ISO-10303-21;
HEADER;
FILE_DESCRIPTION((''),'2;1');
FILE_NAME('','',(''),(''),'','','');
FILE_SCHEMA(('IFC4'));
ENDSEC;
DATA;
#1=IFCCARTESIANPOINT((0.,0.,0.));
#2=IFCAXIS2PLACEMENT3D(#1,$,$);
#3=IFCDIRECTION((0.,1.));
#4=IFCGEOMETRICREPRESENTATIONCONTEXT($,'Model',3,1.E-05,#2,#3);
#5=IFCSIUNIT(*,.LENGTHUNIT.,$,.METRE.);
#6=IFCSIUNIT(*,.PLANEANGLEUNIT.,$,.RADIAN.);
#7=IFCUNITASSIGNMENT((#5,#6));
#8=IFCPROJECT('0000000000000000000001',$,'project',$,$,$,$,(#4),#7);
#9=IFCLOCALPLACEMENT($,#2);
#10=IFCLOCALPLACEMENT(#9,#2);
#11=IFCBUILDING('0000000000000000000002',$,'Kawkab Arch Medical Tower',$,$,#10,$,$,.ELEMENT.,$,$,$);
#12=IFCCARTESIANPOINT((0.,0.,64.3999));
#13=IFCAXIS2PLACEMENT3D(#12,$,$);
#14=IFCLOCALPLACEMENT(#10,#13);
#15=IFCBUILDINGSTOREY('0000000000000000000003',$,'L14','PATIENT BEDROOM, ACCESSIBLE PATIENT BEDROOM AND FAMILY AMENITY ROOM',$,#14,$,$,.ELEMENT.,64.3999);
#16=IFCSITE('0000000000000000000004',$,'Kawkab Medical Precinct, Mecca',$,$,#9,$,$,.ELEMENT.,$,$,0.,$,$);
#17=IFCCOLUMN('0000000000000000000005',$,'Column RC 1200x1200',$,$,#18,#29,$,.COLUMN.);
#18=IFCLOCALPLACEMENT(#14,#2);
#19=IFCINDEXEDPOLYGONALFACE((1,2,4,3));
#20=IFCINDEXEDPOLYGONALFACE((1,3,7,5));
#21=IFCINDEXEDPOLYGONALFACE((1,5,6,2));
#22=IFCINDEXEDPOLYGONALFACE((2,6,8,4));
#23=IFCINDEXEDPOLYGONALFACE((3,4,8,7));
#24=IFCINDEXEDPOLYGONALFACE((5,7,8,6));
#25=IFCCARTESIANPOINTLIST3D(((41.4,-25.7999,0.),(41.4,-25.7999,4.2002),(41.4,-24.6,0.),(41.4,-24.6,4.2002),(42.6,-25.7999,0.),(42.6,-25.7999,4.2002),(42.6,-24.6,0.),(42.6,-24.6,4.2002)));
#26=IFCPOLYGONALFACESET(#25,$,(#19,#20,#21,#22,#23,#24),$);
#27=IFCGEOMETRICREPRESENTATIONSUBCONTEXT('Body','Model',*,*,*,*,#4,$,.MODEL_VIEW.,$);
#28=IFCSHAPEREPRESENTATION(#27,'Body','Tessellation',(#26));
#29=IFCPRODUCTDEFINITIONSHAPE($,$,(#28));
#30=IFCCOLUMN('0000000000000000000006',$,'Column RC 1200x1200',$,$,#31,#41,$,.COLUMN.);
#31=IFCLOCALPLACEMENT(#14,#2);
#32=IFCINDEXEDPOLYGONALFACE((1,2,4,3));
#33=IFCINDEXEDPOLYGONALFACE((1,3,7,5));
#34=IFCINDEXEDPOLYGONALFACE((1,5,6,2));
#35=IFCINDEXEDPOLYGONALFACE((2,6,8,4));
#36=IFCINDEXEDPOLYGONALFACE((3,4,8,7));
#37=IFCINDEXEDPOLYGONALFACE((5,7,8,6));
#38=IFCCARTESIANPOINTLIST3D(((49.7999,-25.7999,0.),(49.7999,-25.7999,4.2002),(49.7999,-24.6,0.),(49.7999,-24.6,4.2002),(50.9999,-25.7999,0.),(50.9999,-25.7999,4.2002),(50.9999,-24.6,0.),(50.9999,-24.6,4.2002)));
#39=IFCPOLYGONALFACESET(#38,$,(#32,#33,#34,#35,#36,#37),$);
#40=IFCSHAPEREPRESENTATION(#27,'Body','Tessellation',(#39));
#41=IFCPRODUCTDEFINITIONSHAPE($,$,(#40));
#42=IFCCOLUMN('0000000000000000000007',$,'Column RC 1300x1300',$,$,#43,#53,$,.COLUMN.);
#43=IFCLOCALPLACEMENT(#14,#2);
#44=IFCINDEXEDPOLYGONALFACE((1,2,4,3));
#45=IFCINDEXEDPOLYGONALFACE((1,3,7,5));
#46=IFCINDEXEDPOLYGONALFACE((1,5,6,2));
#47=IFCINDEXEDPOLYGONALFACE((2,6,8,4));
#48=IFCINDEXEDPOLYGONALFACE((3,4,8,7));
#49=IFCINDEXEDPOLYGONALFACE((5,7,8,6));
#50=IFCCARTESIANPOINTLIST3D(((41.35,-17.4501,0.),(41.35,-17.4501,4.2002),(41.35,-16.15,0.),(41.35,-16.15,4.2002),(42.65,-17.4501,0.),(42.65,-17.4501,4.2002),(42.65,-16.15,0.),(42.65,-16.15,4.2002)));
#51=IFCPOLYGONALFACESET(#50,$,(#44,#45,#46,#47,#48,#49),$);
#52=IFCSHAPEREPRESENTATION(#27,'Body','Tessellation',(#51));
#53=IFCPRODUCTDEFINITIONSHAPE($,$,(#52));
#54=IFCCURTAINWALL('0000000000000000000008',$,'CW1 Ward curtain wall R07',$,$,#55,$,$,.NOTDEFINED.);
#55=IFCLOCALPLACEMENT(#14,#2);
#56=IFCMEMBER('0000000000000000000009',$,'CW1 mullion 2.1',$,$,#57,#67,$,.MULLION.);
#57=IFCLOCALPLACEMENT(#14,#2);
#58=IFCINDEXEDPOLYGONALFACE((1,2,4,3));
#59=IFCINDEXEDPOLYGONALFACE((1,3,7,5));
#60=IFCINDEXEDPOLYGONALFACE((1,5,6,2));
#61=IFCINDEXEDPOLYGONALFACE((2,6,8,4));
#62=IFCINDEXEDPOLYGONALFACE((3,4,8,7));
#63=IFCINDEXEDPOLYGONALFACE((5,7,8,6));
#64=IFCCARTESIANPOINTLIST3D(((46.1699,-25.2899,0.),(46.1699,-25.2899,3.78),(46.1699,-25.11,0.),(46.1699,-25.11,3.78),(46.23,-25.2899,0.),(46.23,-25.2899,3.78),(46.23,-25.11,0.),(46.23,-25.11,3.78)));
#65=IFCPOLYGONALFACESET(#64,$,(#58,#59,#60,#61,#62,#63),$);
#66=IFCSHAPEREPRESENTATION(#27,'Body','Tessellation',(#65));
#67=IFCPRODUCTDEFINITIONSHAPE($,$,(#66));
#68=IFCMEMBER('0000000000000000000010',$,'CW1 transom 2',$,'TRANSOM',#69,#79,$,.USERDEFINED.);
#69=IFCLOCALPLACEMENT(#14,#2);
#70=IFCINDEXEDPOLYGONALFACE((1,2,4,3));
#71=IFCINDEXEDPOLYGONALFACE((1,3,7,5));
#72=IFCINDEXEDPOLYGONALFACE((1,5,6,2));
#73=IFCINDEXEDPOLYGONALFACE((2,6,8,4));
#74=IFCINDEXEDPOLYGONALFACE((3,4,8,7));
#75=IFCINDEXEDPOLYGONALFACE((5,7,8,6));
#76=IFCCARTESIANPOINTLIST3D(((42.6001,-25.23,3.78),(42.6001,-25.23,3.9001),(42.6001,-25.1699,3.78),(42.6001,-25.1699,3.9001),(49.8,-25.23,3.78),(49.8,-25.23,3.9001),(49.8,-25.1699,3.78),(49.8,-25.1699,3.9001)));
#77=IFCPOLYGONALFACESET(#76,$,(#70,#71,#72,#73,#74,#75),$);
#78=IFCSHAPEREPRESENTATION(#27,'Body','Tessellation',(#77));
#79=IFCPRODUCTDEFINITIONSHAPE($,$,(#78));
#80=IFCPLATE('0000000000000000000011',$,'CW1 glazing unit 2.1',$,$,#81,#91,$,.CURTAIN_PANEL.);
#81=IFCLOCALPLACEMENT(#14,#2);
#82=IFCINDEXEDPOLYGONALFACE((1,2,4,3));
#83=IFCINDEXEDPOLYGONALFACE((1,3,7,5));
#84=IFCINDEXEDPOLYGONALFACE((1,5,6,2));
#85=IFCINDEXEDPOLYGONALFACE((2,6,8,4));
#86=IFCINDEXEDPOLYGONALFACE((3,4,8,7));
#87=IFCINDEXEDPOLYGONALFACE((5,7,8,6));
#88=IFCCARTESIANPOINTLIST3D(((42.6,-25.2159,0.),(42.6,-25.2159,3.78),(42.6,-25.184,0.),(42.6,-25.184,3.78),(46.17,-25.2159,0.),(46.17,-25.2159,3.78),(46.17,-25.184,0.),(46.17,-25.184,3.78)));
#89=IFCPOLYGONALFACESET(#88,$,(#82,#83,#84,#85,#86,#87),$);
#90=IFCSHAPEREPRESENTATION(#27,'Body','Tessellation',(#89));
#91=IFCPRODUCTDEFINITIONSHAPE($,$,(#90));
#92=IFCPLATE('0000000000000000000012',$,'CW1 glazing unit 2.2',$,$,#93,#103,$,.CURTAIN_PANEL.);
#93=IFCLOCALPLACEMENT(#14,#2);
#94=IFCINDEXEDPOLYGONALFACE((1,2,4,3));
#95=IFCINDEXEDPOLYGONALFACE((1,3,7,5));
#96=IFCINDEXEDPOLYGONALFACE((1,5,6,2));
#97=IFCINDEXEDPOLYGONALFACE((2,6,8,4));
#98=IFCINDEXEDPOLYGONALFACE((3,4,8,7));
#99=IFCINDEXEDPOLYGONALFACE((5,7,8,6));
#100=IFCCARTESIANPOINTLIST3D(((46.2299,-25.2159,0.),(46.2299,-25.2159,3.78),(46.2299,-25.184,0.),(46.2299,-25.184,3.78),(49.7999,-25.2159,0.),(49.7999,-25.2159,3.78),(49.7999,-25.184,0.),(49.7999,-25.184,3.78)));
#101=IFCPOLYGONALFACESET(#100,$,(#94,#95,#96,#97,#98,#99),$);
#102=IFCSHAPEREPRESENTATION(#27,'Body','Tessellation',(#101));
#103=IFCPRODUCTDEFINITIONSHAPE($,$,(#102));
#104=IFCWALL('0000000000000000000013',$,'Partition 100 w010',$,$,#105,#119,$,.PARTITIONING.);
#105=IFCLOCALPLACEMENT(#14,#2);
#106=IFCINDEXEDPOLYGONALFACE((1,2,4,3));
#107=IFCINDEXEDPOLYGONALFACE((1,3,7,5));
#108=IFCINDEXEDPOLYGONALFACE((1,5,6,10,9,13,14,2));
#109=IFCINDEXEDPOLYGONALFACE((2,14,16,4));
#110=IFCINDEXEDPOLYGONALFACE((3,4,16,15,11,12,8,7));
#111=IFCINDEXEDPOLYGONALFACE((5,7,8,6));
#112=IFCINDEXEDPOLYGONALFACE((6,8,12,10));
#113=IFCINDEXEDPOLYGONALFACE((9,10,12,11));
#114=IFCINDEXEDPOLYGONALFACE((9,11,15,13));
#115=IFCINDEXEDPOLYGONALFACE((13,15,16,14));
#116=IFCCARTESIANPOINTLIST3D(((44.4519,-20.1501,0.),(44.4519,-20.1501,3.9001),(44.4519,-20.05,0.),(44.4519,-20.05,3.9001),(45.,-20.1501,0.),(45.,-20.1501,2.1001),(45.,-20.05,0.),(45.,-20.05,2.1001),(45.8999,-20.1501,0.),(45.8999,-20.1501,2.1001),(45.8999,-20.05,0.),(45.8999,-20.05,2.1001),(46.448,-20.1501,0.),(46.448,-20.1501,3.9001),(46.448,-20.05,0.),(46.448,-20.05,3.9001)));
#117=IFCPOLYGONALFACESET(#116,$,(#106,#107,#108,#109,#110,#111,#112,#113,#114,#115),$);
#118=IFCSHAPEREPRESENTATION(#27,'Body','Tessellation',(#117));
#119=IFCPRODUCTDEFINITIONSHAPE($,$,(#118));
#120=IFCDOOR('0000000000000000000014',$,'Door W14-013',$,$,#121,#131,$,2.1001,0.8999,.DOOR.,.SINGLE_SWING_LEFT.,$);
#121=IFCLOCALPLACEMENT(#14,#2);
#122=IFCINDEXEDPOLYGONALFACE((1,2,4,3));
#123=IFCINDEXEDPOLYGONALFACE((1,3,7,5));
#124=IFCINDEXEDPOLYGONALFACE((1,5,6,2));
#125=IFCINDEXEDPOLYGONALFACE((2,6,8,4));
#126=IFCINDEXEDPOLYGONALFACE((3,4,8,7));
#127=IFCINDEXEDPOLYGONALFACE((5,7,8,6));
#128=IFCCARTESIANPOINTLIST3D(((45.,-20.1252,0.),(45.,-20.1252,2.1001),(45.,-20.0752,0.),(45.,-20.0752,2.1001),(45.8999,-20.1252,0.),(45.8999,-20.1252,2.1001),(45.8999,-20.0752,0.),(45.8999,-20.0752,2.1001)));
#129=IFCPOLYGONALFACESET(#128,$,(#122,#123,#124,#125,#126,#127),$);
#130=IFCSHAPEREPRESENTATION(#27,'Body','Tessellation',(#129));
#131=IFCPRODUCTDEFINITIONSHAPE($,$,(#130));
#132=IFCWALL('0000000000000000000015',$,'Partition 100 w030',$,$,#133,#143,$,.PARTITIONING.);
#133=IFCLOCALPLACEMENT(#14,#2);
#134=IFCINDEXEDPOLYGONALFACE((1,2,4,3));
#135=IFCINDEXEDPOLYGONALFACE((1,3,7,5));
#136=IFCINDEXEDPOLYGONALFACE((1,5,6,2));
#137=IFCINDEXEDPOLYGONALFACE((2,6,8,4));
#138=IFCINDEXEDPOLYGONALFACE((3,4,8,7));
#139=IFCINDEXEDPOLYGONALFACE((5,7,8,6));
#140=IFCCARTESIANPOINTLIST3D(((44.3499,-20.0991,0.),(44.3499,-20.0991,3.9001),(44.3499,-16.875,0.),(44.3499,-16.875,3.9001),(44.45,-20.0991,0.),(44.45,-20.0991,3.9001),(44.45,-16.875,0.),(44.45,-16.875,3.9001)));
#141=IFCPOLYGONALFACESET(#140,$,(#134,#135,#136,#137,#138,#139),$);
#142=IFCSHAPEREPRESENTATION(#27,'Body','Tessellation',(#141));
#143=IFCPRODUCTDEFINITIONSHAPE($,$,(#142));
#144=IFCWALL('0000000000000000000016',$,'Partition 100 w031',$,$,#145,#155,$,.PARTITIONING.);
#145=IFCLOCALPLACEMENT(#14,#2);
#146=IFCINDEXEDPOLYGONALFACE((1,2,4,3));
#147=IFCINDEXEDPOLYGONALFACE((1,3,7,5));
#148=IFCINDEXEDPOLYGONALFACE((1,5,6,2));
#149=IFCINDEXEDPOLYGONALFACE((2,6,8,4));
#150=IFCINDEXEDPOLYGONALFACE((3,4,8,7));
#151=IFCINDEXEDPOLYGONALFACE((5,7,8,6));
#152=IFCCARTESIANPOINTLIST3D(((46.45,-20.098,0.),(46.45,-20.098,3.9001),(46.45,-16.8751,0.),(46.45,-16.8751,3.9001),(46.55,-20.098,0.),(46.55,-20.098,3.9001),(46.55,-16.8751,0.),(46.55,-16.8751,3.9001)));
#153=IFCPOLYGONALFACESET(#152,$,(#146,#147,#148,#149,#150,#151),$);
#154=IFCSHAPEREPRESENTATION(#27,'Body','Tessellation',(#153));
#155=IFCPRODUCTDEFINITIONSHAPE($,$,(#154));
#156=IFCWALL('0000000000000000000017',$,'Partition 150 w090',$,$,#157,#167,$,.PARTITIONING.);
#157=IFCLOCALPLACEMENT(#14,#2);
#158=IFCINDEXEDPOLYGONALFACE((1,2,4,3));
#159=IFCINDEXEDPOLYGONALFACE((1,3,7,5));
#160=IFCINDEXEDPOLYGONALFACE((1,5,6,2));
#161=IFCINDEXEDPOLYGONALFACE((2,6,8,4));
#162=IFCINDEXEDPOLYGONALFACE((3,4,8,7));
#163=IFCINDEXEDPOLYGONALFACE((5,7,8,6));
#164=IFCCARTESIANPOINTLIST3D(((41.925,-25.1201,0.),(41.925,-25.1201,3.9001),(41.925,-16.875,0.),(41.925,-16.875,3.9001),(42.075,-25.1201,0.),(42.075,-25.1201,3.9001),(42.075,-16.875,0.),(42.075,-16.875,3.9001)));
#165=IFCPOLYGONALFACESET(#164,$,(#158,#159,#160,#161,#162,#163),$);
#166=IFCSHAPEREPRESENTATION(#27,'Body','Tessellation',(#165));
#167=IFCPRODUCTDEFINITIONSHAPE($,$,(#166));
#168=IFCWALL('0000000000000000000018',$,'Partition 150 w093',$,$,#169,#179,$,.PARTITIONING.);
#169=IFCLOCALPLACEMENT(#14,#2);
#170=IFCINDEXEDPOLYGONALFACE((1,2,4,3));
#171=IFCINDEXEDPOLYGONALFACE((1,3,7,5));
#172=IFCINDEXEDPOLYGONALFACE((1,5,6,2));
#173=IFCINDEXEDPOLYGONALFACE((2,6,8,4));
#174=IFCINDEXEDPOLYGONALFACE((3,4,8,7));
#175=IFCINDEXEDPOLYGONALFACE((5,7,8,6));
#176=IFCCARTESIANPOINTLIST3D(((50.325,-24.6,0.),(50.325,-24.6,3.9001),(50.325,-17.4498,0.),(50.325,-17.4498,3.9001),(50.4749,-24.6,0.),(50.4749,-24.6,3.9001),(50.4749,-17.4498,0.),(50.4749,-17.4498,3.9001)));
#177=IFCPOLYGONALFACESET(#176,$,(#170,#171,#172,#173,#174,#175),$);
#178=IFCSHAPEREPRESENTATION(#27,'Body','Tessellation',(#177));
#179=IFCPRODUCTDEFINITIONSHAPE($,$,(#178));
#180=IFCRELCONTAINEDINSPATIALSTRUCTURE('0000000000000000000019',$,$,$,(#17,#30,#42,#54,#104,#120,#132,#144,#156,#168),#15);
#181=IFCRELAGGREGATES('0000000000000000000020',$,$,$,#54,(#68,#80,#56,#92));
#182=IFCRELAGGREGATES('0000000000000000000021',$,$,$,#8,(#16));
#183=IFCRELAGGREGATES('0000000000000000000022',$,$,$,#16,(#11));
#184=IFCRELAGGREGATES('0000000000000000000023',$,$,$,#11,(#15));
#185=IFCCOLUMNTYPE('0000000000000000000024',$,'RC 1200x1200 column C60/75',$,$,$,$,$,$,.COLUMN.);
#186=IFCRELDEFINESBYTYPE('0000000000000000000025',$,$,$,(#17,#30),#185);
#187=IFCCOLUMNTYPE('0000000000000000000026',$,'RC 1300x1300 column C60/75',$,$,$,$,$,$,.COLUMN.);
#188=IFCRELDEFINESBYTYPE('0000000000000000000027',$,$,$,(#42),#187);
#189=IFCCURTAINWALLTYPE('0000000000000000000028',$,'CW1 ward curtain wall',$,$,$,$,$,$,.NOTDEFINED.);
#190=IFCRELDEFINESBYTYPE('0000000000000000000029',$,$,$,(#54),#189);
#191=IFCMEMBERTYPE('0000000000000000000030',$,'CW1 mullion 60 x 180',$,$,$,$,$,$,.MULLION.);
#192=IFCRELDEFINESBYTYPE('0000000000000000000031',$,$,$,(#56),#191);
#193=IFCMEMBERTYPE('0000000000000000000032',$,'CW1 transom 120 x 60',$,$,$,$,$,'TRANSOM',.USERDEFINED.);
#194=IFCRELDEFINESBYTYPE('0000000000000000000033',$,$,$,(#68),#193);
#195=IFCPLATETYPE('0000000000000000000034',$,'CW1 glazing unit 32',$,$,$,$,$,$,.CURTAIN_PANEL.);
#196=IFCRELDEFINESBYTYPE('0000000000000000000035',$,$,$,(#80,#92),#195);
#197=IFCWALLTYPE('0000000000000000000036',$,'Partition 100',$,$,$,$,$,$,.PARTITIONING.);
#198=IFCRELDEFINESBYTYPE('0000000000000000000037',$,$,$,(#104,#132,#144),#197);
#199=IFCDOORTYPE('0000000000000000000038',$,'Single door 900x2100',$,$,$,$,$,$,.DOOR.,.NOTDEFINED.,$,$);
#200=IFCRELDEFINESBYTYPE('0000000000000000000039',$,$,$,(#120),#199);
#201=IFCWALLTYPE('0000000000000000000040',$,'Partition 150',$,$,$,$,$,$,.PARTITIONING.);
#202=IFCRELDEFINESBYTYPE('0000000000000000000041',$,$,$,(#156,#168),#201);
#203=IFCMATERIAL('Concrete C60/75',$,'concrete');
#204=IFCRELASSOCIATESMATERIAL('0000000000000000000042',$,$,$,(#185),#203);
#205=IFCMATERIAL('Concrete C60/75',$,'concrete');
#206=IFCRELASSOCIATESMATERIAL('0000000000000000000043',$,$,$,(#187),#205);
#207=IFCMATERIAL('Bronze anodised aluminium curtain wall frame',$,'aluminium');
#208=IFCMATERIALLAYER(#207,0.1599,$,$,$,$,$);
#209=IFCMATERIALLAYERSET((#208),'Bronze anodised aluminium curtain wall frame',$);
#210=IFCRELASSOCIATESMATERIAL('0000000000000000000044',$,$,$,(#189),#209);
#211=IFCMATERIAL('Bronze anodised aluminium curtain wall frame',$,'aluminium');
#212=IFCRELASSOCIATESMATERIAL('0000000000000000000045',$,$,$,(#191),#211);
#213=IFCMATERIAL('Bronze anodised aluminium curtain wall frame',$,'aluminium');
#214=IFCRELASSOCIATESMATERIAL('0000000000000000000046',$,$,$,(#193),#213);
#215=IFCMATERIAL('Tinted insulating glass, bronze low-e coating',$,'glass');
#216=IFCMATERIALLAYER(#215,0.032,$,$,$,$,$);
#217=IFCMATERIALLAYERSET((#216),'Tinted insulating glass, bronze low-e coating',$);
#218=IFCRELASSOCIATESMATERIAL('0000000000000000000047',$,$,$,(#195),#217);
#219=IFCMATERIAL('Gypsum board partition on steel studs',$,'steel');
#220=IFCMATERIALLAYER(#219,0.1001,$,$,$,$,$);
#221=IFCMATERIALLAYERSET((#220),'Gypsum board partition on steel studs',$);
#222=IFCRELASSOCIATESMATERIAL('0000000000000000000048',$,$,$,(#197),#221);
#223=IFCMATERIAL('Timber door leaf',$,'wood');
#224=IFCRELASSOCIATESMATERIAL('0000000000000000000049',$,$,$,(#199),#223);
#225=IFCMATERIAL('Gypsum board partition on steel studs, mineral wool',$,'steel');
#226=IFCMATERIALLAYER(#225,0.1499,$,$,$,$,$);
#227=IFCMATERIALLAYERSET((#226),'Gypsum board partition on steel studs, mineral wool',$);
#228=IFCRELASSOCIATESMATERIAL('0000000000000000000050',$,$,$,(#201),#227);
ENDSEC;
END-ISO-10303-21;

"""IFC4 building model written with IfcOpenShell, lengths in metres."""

from ifc_helpers import new_model, si_unit, direction, frame, frame_2d, origin, origin_2d, place, context, subcontext, project, spatial, rectangle, extrude, material, layer, layer_set, material_profile, profile_set, type_object, element, fill, aggregate, save


model = new_model("IFC4")

# Units and contexts
model_context = context("Model", 3, precision=1e-05, world=origin(), true_north=direction((0.0, 1.0)))
body_context = subcontext(model_context, "Body", "Model", "MODEL_VIEW")
ifc_project = project(units=[si_unit("LENGTHUNIT", "METRE"), si_unit("PLANEANGLEUNIT", "RADIAN")], contexts=[model_context])

# Site, building, storey
site_placement = place(None, origin())
site = spatial("IfcSite", under=ifc_project, at=site_placement, Name="Kawkab Medical Precinct, Mecca", CompositionType="ELEMENT", RefElevation=0.0)
building_placement = place(site_placement, origin())
building = spatial("IfcBuilding", under=site, at=building_placement, Name="Kawkab Arch Medical Tower", CompositionType="ELEMENT")
storey_placement = place(building_placement, frame((0.0, 0.0, 64.3999)))
storey = spatial("IfcBuildingStorey", under=building, at=storey_placement, Name="L14", Description="PATIENT BEDROOM, ACCESSIBLE PATIENT BEDROOM AND FAMILY AMENITY ROOM", CompositionType="ELEMENT", Elevation=64.3999)

# Columns
ifc_material_1 = material(Name="Concrete C60/75", Category="concrete")
ifc_material_profile_1 = material_profile(ifc_material_1, rectangle(XDim=1.2, YDim=1.2, at=origin_2d()), Name="RC 1200x1200")
ifc_profile_set_1 = profile_set([ifc_material_profile_1], Name="Concrete C60/75")
column_type_1 = type_object("IfcColumnType", Name="RC 1200x1200 column C60/75", PredefinedType="COLUMN", material=ifc_profile_set_1)
for number, where, z_axis, x_axis, name in (
    (1, (42.0, -25.2, 0.0), (0.0, 0.0, 1.0), (1.0, 0.0, 0.0), "Column RC 1200x1200"),
    (2, (50.3999, -25.2, 0.0), (0.0, 0.0, 1.0), (1.0, 0.0, 0.0), "Column RC 1200x1200"),
):
    element("IfcColumn", number, at=place(storey_placement, frame(where, z_axis=z_axis, x_axis=x_axis)), inside=storey, type_object=column_type_1, Name=name, PredefinedType="COLUMN", context=body_context, shape_type="SweptSolid", body=[
        extrude(rectangle(XDim=1.2, YDim=1.2, at=origin_2d()), origin(), (0.0, 0.0, 1.0), 4.2002),
    ])
ifc_material_2 = material(Name="Concrete C60/75", Category="concrete")
ifc_material_profile_2 = material_profile(ifc_material_2, rectangle(XDim=1.3, YDim=1.3, at=origin_2d()), Name="RC 1300x1300")
ifc_profile_set_2 = profile_set([ifc_material_profile_2], Name="Concrete C60/75")
column_type_2 = type_object("IfcColumnType", Name="RC 1300x1300 column C60/75", PredefinedType="COLUMN", material=ifc_profile_set_2)
column_placement = place(storey_placement, frame((42.0, -16.8, 0.0), z_axis=(0.0, 0.0, 1.0), x_axis=(1.0, 0.0, 0.0)))
element("IfcColumn", 3, at=column_placement, inside=storey, type_object=column_type_2, Name="Column RC 1300x1300", PredefinedType="COLUMN", context=body_context, shape_type="SweptSolid", body=[
    extrude(rectangle(XDim=1.3, YDim=1.3, at=origin_2d()), origin(), (0.0, 0.0, 1.0), 4.2002),
])

# Curtain wall, members, plates
ifc_material_3 = material(Name="Bronze anodised aluminium curtain wall frame", Category="aluminium")
ifc_layer_1 = layer(ifc_material_3, 0.1599)
ifc_layer_set_1 = layer_set([ifc_layer_1], Name="Bronze anodised aluminium curtain wall frame")
curtain_wall_type = type_object("IfcCurtainWallType", Name="CW1 ward curtain wall", PredefinedType="NOTDEFINED", material=ifc_layer_set_1)
curtain_wall_placement = place(storey_placement, origin())
curtain_wall = element("IfcCurtainWall", 4, at=curtain_wall_placement, inside=storey, type_object=curtain_wall_type, Name="CW1 Ward curtain wall R07", PredefinedType="NOTDEFINED")
ifc_material_4 = material(Name="Bronze anodised aluminium curtain wall frame", Category="aluminium")
ifc_material_profile_3 = material_profile(ifc_material_4, rectangle(XDim=0.1799, YDim=0.0601, at=origin_2d()), Name="AL 60x180")
ifc_profile_set_3 = profile_set([ifc_material_profile_3], Name="Bronze anodised aluminium curtain wall frame")
member_type_1 = type_object("IfcMemberType", Name="CW1 mullion 60 x 180", PredefinedType="MULLION", material=ifc_profile_set_3)
member_1_placement = place(storey_placement, frame((46.2, -25.2, 0.0), z_axis=(0.0, 0.0, 1.0), x_axis=(0.0, 1.0, 0.0)))
member_1 = element("IfcMember", 5, at=member_1_placement, type_object=member_type_1, Name="CW1 mullion 2.1", PredefinedType="MULLION", context=body_context, shape_type="SweptSolid", body=[
    extrude(rectangle(XDim=0.1799, YDim=0.0601, at=origin_2d()), origin(), (0.0, 0.0, 1.0), 3.78),
])
ifc_material_5 = material(Name="Bronze anodised aluminium curtain wall frame", Category="aluminium")
ifc_material_profile_4 = material_profile(ifc_material_5, rectangle(XDim=0.0601, YDim=0.1201, at=origin_2d()), Name="AL 60x120")
ifc_profile_set_4 = profile_set([ifc_material_profile_4], Name="Bronze anodised aluminium curtain wall frame")
member_type_2 = type_object("IfcMemberType", Name="CW1 transom 120 x 60", ElementType="TRANSOM", PredefinedType="USERDEFINED", material=ifc_profile_set_4)
member_2_placement = place(storey_placement, frame((42.6001, -25.2, 3.8401), z_axis=(1.0, 0.0, 0.0), x_axis=(0.0, 1.0, 0.0)))
member_2 = element("IfcMember", 6, at=member_2_placement, type_object=member_type_2, Name="CW1 transom 2", ObjectType="TRANSOM", PredefinedType="USERDEFINED", context=body_context, shape_type="SweptSolid", body=[
    extrude(rectangle(XDim=0.0601, YDim=0.1201, at=origin_2d()), origin(), (0.0, 0.0, 1.0), 7.2),
])
ifc_material_6 = material(Name="Tinted insulating glass, bronze low-e coating", Category="glass")
ifc_layer_2 = layer(ifc_material_6, 0.032)
ifc_layer_set_2 = layer_set([ifc_layer_2], Name="Tinted insulating glass, bronze low-e coating")
plate_type = type_object("IfcPlateType", Name="CW1 glazing unit 32", PredefinedType="CURTAIN_PANEL", material=ifc_layer_set_2)
plate_1_placement = place(storey_placement, frame((44.385, -25.2, 0.0), z_axis=(0.0, 0.0, 1.0), x_axis=(1.0, 0.0, 0.0)))
plate_1 = element("IfcPlate", 7, at=plate_1_placement, type_object=plate_type, Name="CW1 glazing unit 2.1", PredefinedType="CURTAIN_PANEL", context=body_context, shape_type="SweptSolid", body=[
    extrude(rectangle(XDim=3.5701, YDim=0.032, at=origin_2d()), origin(), (0.0, 0.0, 1.0), 3.78),
])
plate_2_placement = place(storey_placement, frame((48.0149, -25.2, 0.0), z_axis=(0.0, 0.0, 1.0), x_axis=(1.0, 0.0, 0.0)))
plate_2 = element("IfcPlate", 8, at=plate_2_placement, type_object=plate_type, Name="CW1 glazing unit 2.2", PredefinedType="CURTAIN_PANEL", context=body_context, shape_type="SweptSolid", body=[
    extrude(rectangle(XDim=3.5701, YDim=0.032, at=origin_2d()), origin(), (0.0, 0.0, 1.0), 3.78),
])
aggregate(curtain_wall, [member_2, plate_1, member_1, plate_2])

# Wall, opening, door
ifc_material_7 = material(Name="Gypsum board partition on steel studs", Category="steel")
ifc_layer_3 = layer(ifc_material_7, 0.1001)
ifc_layer_set_3 = layer_set([ifc_layer_3], Name="Gypsum board partition on steel studs")
wall_type_1 = type_object("IfcWallType", Name="Partition 100", PredefinedType="PARTITIONING", material=ifc_layer_set_3)
wall_1_placement = place(storey_placement, frame((44.4519, -20.1001, 0.0), z_axis=(0.0, 0.0, 1.0), x_axis=(1.0, 0.0, 0.0)))
wall_1 = element("IfcWall", 9, at=wall_1_placement, inside=storey, type_object=wall_type_1, Name="Partition 100 w010", PredefinedType="PARTITIONING", context=body_context, shape_type="SweptSolid", body=[
    extrude(rectangle(XDim=1.9961, YDim=0.1001, at=frame_2d((0.998, 0.0))), origin(), (0.0, 0.0, 1.0), 3.9001),
])
opening_placement = place(wall_1_placement, frame((0.5481, 0.0, 0.0)))
opening = element("IfcOpeningElement", 10, at=opening_placement, cuts=wall_1, PredefinedType="OPENING", context=body_context, shape_type="SweptSolid", body=[
    extrude(rectangle(XDim=0.8999, YDim=2.1001, at=frame_2d((0.45, 1.05))), frame((0.0, 0.0601, 0.0), z_axis=(0.0, -1.0, 0.0), x_axis=(1.0, 0.0, 0.0)), (0.0, 0.0, 1.0), 0.1201),
])
ifc_material_8 = material(Name="Timber door leaf", Category="wood")
door_type = type_object("IfcDoorType", Name="Single door 900x2100", OperationType="NOTDEFINED", PredefinedType="DOOR", material=ifc_material_8)
door_placement = place(opening_placement, origin())
door = element("IfcDoor", 11, at=door_placement, inside=storey, type_object=door_type, Name="Door W14-013", OperationType="SINGLE_SWING_LEFT", OverallHeight=2.1001, OverallWidth=0.8999, PredefinedType="DOOR", context=body_context, shape_type="SweptSolid", body=[
    extrude(rectangle(XDim=0.8999, YDim=2.1001, at=frame_2d((0.45, 1.05))), frame((0.0, 0.0249, 0.0), z_axis=(0.0, -1.0, 0.0), x_axis=(1.0, 0.0, 0.0)), (0.0, 0.0, 1.0), 0.05),
])
fill(opening, door)

# Walls
wall_2_placement = place(storey_placement, frame((44.3999, -20.0991, 0.0), z_axis=(0.0, 0.0, 1.0), x_axis=(0.0, 1.0, 0.0)))
element("IfcWall", 12, at=wall_2_placement, inside=storey, type_object=wall_type_1, Name="Partition 100 w030", PredefinedType="PARTITIONING", context=body_context, shape_type="SweptSolid", body=[
    extrude(rectangle(XDim=3.2241, YDim=0.1001, at=frame_2d((1.6121, 0.0))), origin(), (0.0, 0.0, 1.0), 3.9001),
])
wall_3_placement = place(storey_placement, frame((46.5, -20.0979, 0.0), z_axis=(0.0, 0.0, 1.0), x_axis=(0.0, 1.0, 0.0)))
element("IfcWall", 13, at=wall_3_placement, inside=storey, type_object=wall_type_1, Name="Partition 100 w031", PredefinedType="PARTITIONING", context=body_context, shape_type="SweptSolid", body=[
    extrude(rectangle(XDim=3.2229, YDim=0.1001, at=frame_2d((1.6113, 0.0))), origin(), (0.0, 0.0, 1.0), 3.9001),
])
ifc_material_9 = material(Name="Gypsum board partition on steel studs, mineral wool", Category="steel")
ifc_layer_4 = layer(ifc_material_9, 0.1499)
ifc_layer_set_4 = layer_set([ifc_layer_4], Name="Gypsum board partition on steel studs, mineral wool")
wall_type_2 = type_object("IfcWallType", Name="Partition 150", PredefinedType="PARTITIONING", material=ifc_layer_set_4)
wall_4_placement = place(storey_placement, frame((42.0, -25.1201, 0.0), z_axis=(0.0, 0.0, 1.0), x_axis=(0.0, 1.0, 0.0)))
element("IfcWall", 14, at=wall_4_placement, inside=storey, type_object=wall_type_2, Name="Partition 150 w090", PredefinedType="PARTITIONING", context=body_context, shape_type="SweptSolid", body=[
    extrude(rectangle(XDim=8.2451, YDim=0.1499, at=frame_2d((4.1226, 0.0))), origin(), (0.0, 0.0, 1.0), 3.9001),
])
wall_5_placement = place(storey_placement, frame((50.3999, -24.6001, 0.0), z_axis=(0.0, 0.0, 1.0), x_axis=(0.0, 1.0, 0.0)))
element("IfcWall", 15, at=wall_5_placement, inside=storey, type_object=wall_type_2, Name="Partition 150 w093", PredefinedType="PARTITIONING", context=body_context, shape_type="SweptSolid", body=[
    extrude(rectangle(XDim=7.1501, YDim=0.1499, at=frame_2d((3.5752, 0.0))), origin(), (0.0, 0.0, 1.0), 3.9001),
])

save(model, "model.ifc")
